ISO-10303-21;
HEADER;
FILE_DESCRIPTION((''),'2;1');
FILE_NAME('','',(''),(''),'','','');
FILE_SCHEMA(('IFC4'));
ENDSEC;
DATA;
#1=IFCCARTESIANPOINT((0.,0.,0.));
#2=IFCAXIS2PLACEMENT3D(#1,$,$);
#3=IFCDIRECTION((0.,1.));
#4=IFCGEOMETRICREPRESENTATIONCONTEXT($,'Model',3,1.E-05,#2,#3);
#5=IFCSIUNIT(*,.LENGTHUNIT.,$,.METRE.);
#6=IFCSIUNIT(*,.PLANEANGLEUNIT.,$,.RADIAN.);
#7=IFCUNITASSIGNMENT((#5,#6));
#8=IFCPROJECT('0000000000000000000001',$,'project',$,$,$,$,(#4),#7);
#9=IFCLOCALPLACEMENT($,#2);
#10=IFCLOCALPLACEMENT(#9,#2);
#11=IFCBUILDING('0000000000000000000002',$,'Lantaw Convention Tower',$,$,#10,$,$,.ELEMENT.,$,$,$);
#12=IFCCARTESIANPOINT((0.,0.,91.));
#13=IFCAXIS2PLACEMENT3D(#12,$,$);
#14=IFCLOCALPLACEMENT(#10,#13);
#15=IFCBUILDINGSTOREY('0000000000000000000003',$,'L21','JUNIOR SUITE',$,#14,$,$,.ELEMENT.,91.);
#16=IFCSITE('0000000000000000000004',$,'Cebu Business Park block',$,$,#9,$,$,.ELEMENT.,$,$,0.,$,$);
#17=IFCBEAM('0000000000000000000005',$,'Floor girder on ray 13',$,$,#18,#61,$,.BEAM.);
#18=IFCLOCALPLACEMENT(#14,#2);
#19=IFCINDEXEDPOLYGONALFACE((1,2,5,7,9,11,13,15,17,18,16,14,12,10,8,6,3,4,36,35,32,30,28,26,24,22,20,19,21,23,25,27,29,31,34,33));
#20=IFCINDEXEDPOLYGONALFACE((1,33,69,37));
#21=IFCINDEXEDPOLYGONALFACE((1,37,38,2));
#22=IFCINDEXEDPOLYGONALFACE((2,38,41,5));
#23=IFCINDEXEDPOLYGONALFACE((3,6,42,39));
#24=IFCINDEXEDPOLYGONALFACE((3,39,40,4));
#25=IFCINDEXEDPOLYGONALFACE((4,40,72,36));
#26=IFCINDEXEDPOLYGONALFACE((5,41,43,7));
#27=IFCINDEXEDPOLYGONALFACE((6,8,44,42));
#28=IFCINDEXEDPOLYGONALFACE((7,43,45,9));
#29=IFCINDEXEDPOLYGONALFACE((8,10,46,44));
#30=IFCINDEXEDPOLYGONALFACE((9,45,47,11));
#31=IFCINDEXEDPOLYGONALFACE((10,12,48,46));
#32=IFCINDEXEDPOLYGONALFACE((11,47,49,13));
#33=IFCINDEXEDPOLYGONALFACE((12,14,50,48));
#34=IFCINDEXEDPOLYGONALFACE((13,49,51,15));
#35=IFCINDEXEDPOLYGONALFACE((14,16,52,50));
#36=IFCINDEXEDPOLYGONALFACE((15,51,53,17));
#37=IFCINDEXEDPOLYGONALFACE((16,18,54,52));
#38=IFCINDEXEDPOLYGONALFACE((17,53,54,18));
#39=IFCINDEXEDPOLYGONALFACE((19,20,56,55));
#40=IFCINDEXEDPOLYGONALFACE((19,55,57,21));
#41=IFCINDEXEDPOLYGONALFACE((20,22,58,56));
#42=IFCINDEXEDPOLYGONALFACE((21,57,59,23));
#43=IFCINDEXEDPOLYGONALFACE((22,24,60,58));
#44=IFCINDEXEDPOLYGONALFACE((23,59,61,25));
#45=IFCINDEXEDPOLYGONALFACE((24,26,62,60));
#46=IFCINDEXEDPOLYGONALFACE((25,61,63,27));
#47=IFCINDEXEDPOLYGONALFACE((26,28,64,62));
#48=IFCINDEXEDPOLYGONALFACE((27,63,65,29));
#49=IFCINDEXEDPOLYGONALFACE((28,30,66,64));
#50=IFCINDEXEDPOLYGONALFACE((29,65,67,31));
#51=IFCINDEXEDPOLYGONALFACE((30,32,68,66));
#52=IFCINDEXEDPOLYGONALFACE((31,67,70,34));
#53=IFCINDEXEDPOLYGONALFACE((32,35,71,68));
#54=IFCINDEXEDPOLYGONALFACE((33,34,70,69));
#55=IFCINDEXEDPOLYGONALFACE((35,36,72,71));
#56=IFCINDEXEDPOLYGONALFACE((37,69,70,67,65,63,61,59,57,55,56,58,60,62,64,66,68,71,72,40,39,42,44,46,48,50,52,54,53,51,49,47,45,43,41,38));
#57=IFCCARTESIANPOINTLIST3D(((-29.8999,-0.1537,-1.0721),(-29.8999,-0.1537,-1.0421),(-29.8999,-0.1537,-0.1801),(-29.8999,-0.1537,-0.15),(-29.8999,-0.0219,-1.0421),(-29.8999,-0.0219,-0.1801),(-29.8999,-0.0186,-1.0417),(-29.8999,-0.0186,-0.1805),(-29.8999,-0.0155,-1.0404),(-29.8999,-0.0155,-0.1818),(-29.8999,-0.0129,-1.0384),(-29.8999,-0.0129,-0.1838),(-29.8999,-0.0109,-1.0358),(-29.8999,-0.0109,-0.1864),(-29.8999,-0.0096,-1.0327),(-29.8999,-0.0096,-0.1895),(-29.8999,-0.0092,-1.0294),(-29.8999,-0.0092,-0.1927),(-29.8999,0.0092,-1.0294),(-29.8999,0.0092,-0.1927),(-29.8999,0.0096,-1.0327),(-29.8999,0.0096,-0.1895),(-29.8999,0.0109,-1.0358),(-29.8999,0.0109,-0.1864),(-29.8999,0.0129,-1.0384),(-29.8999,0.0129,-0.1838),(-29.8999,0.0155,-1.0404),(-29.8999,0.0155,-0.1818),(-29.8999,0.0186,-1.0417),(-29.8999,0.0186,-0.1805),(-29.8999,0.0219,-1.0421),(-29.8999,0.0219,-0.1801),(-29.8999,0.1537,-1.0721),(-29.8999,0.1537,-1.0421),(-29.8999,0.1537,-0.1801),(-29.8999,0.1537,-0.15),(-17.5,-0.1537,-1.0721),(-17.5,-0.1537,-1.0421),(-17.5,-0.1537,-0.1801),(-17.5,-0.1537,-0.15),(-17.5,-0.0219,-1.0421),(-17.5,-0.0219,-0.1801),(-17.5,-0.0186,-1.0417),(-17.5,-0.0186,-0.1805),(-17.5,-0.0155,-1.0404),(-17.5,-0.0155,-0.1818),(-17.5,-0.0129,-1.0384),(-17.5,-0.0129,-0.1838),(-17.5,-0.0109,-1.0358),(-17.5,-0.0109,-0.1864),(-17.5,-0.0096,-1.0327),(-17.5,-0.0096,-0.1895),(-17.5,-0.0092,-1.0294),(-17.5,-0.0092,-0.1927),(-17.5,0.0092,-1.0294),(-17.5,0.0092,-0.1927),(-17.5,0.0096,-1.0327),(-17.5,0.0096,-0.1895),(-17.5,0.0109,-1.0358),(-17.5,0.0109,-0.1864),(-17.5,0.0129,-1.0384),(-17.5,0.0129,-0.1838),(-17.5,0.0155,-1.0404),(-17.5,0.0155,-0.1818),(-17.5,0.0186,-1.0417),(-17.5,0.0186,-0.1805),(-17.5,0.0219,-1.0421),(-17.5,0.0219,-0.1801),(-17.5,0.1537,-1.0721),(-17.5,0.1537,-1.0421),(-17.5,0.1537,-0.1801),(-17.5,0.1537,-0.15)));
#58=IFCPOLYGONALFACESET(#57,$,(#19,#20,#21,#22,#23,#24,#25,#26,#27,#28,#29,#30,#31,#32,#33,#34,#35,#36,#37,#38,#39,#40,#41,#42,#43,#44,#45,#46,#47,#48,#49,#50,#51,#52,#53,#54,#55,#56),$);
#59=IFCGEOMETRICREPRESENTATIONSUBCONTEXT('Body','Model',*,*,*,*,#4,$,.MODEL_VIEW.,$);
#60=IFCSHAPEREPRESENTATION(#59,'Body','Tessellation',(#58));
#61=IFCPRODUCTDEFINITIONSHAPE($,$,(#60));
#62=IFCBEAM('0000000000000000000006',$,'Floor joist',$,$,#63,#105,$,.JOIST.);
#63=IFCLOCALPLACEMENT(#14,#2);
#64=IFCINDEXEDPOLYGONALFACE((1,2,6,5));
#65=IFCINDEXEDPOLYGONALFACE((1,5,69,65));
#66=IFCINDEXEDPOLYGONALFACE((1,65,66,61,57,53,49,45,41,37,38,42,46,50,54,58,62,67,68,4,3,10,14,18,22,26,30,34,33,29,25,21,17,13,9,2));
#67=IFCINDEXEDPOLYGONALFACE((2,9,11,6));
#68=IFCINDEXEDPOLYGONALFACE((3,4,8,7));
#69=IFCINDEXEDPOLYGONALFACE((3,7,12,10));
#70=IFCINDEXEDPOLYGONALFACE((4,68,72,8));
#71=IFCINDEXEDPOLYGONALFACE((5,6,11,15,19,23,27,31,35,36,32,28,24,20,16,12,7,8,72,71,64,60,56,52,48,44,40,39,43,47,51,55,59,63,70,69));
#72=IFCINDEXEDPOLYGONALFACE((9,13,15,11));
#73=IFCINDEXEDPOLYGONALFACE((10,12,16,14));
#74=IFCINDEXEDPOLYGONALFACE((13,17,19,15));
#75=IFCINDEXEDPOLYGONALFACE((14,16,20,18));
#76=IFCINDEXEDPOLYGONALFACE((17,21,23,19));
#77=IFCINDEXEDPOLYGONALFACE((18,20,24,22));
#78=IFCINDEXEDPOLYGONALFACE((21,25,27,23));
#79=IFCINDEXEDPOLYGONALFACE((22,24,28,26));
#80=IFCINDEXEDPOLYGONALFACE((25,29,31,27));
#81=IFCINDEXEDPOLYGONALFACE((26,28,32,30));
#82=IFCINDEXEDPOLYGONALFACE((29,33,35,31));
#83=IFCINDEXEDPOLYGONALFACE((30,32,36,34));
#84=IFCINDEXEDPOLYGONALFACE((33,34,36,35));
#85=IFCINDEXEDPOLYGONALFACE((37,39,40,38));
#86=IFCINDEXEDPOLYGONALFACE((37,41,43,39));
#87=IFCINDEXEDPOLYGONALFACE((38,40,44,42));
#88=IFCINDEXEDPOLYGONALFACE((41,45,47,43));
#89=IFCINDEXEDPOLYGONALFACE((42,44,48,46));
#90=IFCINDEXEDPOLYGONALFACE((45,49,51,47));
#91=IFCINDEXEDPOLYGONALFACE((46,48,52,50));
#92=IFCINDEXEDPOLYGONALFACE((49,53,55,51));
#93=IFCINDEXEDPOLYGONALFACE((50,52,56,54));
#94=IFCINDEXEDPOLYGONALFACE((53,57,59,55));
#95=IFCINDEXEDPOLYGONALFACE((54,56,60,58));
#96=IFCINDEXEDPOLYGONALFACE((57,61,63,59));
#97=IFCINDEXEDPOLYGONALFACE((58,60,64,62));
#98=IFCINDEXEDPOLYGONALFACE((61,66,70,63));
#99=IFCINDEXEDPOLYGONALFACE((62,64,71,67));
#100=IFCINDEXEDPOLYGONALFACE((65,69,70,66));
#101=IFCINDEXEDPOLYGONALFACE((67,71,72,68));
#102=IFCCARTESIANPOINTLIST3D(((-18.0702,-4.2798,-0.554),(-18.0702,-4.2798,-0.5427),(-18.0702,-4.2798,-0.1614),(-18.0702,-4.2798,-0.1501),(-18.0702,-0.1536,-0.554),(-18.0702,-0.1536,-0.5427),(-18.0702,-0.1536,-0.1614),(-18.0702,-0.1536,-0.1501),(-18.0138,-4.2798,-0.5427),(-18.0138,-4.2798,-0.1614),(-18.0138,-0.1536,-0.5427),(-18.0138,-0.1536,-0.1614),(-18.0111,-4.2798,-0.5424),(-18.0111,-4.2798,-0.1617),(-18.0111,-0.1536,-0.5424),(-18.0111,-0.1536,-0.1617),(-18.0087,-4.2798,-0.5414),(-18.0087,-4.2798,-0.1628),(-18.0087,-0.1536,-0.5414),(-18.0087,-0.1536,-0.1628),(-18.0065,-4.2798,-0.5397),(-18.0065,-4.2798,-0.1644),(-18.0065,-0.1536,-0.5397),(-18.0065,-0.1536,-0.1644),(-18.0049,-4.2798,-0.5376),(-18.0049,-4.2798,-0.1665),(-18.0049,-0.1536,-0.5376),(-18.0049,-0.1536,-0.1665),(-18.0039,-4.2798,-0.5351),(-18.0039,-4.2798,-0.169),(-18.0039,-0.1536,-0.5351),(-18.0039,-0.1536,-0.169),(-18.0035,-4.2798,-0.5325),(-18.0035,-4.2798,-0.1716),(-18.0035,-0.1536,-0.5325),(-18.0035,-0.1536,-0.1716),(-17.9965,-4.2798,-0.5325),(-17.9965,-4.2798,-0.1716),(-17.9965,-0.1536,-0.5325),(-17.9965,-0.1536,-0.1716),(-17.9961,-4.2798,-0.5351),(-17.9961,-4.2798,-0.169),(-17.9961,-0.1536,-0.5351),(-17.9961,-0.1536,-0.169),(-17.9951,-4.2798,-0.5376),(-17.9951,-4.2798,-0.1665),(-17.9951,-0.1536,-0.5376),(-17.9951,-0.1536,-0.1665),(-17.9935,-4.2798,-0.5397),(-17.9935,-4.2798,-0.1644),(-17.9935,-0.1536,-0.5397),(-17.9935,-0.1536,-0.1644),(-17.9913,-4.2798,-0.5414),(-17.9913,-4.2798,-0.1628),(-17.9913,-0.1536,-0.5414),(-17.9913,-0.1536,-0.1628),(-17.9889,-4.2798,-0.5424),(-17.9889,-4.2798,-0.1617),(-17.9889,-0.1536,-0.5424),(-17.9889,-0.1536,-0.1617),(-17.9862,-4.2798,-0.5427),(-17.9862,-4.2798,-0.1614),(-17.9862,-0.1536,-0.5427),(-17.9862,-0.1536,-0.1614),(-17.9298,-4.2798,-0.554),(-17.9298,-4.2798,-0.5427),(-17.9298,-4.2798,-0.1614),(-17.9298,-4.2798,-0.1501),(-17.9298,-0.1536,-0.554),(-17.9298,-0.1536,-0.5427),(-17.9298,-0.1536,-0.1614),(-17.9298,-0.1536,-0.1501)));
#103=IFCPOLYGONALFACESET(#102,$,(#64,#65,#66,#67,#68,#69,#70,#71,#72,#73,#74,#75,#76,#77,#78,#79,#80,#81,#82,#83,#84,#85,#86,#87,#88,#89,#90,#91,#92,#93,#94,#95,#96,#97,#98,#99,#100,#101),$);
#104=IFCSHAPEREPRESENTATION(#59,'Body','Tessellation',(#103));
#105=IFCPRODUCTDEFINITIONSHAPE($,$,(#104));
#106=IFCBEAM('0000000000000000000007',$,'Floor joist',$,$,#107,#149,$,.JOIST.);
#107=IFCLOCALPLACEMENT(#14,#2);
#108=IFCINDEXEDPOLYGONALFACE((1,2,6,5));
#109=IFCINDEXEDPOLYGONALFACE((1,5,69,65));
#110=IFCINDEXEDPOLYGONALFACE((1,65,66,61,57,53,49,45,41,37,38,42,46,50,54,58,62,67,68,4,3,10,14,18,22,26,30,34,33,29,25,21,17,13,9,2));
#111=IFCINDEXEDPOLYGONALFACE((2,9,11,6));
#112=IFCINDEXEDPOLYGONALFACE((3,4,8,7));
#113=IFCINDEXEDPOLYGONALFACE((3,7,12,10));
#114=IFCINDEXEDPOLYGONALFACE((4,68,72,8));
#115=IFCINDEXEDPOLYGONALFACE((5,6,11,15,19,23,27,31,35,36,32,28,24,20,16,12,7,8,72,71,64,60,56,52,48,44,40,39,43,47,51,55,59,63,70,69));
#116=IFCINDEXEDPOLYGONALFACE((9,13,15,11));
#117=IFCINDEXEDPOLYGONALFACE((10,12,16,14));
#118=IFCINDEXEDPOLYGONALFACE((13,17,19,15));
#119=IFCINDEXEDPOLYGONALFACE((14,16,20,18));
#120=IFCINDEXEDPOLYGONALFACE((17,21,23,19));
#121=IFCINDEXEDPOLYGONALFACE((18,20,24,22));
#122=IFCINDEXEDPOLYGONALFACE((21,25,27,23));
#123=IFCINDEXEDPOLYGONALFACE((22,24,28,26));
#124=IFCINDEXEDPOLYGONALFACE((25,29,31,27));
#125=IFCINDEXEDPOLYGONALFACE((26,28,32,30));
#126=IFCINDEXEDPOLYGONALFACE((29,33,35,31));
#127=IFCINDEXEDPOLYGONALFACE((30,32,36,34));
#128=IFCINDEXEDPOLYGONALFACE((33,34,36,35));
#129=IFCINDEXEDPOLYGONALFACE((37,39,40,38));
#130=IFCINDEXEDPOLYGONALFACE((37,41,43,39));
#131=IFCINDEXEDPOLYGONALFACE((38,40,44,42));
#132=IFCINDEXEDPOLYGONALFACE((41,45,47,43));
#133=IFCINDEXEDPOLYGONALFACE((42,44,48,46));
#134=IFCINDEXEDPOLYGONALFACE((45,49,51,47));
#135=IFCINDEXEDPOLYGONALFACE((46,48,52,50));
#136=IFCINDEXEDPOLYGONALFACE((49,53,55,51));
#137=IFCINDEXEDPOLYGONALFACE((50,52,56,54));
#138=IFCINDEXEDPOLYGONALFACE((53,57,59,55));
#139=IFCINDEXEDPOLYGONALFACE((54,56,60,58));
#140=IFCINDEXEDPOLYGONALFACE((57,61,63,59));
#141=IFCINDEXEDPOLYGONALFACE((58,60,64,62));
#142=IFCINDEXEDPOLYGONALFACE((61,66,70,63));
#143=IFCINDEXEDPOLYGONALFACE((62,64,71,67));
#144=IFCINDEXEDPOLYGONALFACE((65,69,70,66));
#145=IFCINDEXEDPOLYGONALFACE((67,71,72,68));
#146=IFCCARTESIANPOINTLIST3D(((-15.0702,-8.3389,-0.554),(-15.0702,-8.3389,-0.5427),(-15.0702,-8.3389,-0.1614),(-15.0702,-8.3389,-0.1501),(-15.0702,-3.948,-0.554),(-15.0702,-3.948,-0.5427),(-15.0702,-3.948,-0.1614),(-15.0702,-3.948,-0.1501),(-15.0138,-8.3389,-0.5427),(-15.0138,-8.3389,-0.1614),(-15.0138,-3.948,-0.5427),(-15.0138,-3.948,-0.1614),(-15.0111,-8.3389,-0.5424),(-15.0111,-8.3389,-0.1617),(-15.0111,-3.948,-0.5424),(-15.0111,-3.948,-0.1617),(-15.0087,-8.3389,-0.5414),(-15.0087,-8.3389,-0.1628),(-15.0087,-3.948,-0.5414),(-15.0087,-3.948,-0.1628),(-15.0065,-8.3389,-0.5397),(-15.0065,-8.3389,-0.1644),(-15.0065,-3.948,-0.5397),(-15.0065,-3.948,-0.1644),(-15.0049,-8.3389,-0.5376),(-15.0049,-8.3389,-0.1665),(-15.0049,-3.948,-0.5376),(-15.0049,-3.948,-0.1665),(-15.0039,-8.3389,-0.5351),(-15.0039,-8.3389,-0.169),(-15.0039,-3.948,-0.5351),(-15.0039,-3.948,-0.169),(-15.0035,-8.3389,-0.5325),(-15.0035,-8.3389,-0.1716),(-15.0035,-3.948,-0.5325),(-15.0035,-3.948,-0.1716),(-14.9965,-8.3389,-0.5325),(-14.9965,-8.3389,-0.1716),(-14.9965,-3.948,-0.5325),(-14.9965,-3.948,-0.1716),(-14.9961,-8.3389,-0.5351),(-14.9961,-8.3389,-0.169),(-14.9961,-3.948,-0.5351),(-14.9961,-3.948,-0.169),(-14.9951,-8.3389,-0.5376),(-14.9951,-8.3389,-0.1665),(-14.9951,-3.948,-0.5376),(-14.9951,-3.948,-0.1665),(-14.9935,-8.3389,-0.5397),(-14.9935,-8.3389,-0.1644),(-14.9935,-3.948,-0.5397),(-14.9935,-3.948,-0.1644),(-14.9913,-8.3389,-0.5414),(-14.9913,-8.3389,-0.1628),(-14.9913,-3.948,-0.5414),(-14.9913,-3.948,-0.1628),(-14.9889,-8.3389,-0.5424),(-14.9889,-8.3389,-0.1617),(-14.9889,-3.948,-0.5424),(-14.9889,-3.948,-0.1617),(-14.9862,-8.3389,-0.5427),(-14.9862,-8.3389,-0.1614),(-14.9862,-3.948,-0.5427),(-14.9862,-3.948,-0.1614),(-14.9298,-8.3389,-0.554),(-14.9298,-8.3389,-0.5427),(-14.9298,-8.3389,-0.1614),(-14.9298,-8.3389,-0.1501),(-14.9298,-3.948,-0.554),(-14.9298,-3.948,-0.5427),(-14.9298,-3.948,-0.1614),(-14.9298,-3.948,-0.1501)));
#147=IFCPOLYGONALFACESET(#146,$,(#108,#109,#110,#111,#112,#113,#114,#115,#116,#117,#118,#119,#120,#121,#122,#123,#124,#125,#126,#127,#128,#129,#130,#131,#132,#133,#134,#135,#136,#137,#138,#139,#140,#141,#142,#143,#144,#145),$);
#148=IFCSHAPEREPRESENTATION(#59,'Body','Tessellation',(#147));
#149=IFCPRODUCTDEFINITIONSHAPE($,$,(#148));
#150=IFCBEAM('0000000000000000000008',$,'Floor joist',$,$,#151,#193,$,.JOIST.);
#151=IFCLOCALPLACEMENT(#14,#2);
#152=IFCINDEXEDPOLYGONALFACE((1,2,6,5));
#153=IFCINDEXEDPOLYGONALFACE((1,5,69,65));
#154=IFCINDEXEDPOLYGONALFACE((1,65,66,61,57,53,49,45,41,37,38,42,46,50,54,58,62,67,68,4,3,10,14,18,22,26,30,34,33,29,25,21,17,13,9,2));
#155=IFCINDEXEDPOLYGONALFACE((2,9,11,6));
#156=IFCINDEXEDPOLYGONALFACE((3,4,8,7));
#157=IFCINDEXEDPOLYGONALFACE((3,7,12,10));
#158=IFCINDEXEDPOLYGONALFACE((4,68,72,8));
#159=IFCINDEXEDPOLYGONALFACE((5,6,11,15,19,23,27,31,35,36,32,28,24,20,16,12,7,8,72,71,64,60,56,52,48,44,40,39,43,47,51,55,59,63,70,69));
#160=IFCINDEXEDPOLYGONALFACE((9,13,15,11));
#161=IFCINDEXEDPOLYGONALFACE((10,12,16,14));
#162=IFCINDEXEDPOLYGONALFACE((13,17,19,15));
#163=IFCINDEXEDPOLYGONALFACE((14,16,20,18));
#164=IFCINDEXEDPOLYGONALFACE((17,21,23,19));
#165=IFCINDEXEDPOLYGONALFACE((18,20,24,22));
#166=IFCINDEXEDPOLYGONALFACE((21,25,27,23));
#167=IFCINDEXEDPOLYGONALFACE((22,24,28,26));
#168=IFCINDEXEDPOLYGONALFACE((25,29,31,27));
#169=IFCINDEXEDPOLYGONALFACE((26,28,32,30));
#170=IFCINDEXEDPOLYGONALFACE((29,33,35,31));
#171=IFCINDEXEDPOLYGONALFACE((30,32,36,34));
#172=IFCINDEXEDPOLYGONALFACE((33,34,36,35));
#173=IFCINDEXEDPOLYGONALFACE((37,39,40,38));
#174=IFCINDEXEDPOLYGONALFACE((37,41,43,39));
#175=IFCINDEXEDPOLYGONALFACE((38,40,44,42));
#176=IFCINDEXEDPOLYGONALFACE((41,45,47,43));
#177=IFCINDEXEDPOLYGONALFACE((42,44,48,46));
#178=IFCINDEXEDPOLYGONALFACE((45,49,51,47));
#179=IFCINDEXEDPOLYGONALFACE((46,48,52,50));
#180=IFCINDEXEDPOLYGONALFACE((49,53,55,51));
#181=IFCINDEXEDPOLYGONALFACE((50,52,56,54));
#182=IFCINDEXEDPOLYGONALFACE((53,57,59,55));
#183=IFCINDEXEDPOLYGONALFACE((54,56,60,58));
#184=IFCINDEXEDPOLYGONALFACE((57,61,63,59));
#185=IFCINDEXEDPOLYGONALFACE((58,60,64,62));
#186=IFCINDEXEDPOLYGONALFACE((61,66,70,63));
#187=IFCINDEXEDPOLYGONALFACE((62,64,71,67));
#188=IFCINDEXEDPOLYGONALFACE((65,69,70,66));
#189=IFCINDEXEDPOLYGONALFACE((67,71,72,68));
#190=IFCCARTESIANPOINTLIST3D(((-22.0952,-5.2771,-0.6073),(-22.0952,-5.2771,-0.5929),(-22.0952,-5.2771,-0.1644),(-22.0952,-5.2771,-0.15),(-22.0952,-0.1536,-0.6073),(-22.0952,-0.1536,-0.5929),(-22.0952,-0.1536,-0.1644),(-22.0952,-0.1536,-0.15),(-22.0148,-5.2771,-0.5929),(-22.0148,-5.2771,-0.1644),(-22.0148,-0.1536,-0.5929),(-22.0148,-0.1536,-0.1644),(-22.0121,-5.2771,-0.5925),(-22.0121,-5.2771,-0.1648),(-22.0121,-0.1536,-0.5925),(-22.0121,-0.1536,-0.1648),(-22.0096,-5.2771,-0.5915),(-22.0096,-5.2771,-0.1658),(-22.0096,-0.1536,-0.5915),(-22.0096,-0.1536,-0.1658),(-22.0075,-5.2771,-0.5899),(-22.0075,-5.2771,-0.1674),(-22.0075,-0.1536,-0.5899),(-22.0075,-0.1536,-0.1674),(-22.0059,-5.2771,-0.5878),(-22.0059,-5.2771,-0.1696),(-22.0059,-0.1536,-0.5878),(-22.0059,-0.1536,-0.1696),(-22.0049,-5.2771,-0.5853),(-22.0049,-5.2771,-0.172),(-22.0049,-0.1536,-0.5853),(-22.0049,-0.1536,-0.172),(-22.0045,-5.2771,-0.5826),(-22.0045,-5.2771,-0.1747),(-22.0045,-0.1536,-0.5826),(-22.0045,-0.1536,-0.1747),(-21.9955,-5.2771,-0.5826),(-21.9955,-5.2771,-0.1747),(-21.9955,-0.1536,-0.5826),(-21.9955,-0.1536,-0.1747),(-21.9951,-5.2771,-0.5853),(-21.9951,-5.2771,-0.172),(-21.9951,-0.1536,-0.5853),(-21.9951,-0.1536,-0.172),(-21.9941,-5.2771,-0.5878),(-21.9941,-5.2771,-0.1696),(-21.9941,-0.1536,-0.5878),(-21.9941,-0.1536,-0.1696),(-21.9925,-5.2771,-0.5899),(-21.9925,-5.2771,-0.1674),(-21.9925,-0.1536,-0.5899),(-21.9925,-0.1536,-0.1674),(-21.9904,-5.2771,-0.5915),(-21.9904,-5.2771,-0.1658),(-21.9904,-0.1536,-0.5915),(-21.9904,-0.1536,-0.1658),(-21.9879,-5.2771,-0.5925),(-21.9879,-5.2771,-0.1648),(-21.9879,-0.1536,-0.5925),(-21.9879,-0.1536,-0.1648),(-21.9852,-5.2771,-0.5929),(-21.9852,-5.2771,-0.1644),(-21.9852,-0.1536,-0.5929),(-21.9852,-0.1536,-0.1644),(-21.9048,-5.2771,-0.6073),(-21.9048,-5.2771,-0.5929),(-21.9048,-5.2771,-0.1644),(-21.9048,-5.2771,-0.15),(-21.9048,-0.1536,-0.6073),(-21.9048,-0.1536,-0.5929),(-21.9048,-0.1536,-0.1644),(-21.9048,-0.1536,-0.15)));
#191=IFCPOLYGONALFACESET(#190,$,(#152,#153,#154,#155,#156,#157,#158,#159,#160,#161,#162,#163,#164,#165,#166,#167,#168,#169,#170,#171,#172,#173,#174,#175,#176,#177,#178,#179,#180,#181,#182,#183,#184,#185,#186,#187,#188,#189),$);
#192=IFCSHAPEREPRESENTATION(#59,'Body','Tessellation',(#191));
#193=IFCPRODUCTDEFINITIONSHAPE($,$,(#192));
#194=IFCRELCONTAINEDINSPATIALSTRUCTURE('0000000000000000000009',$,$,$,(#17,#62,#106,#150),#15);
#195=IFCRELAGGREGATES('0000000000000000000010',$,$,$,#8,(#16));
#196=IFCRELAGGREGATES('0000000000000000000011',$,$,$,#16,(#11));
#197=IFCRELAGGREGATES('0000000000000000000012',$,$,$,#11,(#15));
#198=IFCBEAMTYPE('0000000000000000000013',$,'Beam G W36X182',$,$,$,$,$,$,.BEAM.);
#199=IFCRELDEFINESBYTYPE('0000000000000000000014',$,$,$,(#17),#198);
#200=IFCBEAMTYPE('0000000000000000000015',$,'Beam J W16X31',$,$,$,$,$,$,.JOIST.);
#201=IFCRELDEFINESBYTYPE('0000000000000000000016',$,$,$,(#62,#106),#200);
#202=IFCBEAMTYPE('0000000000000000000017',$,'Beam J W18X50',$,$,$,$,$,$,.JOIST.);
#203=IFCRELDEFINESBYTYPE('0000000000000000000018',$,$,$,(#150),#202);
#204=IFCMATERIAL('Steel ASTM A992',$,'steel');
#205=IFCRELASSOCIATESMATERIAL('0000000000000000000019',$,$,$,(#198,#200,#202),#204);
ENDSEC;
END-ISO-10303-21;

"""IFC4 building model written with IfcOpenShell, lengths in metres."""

from ifc_helpers import new_model, si_unit, direction, frame, origin, origin_2d, place, context, subcontext, project, spatial, i_section, extrude, material, material_profile, profile_set, type_object, element, save


model = new_model("IFC4")

# Units and contexts
model_context = context("Model", 3, precision=1e-05, world=origin(), true_north=direction((0.0, 1.0)))
body_context = subcontext(model_context, "Body", "Model", "MODEL_VIEW")
ifc_project = project(units=[si_unit("LENGTHUNIT", "METRE"), si_unit("PLANEANGLEUNIT", "RADIAN")], contexts=[model_context])

# Site, building, storey
site_placement = place(None, origin())
site = spatial("IfcSite", under=ifc_project, at=site_placement, Name="Cebu Business Park block", CompositionType="ELEMENT", RefElevation=0.0)
building_placement = place(site_placement, origin())
building = spatial("IfcBuilding", under=site, at=building_placement, Name="Lantaw Convention Tower", CompositionType="ELEMENT")
storey_placement = place(building_placement, frame((0.0, 0.0, 91.0)))
storey = spatial("IfcBuildingStorey", under=building, at=storey_placement, Name="L21", Description="JUNIOR SUITE", CompositionType="ELEMENT", Elevation=91.0)

# Beams
ifc_material_1 = material(Name="Steel ASTM A992", Category="steel")
ifc_material_profile_1 = material_profile(ifc_material_1, i_section(OverallWidth=0.3074, OverallDepth=0.9221, WebThickness=0.0183, FlangeThickness=0.03, FilletRadius=0.0127, at=origin_2d()), Name="W36X182")
ifc_profile_set_1 = profile_set([ifc_material_profile_1], Name="Steel ASTM A992")
beam_type_1 = type_object("IfcBeamType", Name="Beam G W36X182", PredefinedType="BEAM", material=ifc_profile_set_1)
beam_1_placement = place(storey_placement, frame((-17.5, 0.0, -0.6111), z_axis=(-1.0, 0.0, 0.0), x_axis=(0.0, -1.0, 0.0)))
element("IfcBeam", 1, at=beam_1_placement, inside=storey, type_object=beam_type_1, Name="Floor girder on ray 13", PredefinedType="BEAM", context=body_context, shape_type="SweptSolid", body=[
    extrude(i_section(OverallWidth=0.3074, OverallDepth=0.9221, WebThickness=0.0183, FlangeThickness=0.03, FilletRadius=0.0127, at=origin_2d()), origin(), (0.0, 0.0, 1.0), 12.3999),
])
ifc_material_profile_2 = material_profile(ifc_material_1, i_section(OverallWidth=0.1404, OverallDepth=0.4038, WebThickness=0.0071, FlangeThickness=0.0112, FilletRadius=0.0103, at=origin_2d()), Name="W16X31")
ifc_profile_set_2 = profile_set([ifc_material_profile_2], Name="Steel ASTM A992")
beam_type_2 = type_object("IfcBeamType", Name="Beam J W16X31", PredefinedType="JOIST", material=ifc_profile_set_2)
beam_2_placement = place(storey_placement, frame((-18.0, -4.2798, -0.3521), z_axis=(0.0, 1.0, 0.0), x_axis=(-1.0, 0.0, 0.0)))
element("IfcBeam", 2, at=beam_2_placement, inside=storey, type_object=beam_type_2, Name="Floor joist", PredefinedType="JOIST", context=body_context, shape_type="SweptSolid", body=[
    extrude(i_section(OverallWidth=0.1404, OverallDepth=0.4038, WebThickness=0.0071, FlangeThickness=0.0112, FilletRadius=0.0103, at=origin_2d()), origin(), (0.0, 0.0, 1.0), 4.1262),
])
beam_3_placement = place(storey_placement, frame((-15.0, -8.3389, -0.3521), z_axis=(0.0, 1.0, 0.0), x_axis=(-1.0, 0.0, 0.0)))
element("IfcBeam", 3, at=beam_3_placement, inside=storey, type_object=beam_type_2, Name="Floor joist", PredefinedType="JOIST", context=body_context, shape_type="SweptSolid", body=[
    extrude(i_section(OverallWidth=0.1404, OverallDepth=0.4038, WebThickness=0.0071, FlangeThickness=0.0112, FilletRadius=0.0103, at=origin_2d()), origin(), (0.0, 0.0, 1.0), 4.3909),
])
ifc_material_profile_3 = material_profile(ifc_material_1, i_section(OverallWidth=0.1904, OverallDepth=0.4573, WebThickness=0.009, FlangeThickness=0.0144, FilletRadius=0.0103, at=origin_2d()), Name="W18X50")
ifc_profile_set_3 = profile_set([ifc_material_profile_3], Name="Steel ASTM A992")
beam_type_3 = type_object("IfcBeamType", Name="Beam J W18X50", PredefinedType="JOIST", material=ifc_profile_set_3)
beam_4_placement = place(storey_placement, frame((-22.0, -5.2771, -0.3787), z_axis=(0.0, 1.0, 0.0), x_axis=(-1.0, 0.0, 0.0)))
element("IfcBeam", 4, at=beam_4_placement, inside=storey, type_object=beam_type_3, Name="Floor joist", PredefinedType="JOIST", context=body_context, shape_type="SweptSolid", body=[
    extrude(i_section(OverallWidth=0.1904, OverallDepth=0.4573, WebThickness=0.009, FlangeThickness=0.0144, FilletRadius=0.0103, at=origin_2d()), origin(), (0.0, 0.0, 1.0), 5.1235),
])

save(model, "model.ifc")
